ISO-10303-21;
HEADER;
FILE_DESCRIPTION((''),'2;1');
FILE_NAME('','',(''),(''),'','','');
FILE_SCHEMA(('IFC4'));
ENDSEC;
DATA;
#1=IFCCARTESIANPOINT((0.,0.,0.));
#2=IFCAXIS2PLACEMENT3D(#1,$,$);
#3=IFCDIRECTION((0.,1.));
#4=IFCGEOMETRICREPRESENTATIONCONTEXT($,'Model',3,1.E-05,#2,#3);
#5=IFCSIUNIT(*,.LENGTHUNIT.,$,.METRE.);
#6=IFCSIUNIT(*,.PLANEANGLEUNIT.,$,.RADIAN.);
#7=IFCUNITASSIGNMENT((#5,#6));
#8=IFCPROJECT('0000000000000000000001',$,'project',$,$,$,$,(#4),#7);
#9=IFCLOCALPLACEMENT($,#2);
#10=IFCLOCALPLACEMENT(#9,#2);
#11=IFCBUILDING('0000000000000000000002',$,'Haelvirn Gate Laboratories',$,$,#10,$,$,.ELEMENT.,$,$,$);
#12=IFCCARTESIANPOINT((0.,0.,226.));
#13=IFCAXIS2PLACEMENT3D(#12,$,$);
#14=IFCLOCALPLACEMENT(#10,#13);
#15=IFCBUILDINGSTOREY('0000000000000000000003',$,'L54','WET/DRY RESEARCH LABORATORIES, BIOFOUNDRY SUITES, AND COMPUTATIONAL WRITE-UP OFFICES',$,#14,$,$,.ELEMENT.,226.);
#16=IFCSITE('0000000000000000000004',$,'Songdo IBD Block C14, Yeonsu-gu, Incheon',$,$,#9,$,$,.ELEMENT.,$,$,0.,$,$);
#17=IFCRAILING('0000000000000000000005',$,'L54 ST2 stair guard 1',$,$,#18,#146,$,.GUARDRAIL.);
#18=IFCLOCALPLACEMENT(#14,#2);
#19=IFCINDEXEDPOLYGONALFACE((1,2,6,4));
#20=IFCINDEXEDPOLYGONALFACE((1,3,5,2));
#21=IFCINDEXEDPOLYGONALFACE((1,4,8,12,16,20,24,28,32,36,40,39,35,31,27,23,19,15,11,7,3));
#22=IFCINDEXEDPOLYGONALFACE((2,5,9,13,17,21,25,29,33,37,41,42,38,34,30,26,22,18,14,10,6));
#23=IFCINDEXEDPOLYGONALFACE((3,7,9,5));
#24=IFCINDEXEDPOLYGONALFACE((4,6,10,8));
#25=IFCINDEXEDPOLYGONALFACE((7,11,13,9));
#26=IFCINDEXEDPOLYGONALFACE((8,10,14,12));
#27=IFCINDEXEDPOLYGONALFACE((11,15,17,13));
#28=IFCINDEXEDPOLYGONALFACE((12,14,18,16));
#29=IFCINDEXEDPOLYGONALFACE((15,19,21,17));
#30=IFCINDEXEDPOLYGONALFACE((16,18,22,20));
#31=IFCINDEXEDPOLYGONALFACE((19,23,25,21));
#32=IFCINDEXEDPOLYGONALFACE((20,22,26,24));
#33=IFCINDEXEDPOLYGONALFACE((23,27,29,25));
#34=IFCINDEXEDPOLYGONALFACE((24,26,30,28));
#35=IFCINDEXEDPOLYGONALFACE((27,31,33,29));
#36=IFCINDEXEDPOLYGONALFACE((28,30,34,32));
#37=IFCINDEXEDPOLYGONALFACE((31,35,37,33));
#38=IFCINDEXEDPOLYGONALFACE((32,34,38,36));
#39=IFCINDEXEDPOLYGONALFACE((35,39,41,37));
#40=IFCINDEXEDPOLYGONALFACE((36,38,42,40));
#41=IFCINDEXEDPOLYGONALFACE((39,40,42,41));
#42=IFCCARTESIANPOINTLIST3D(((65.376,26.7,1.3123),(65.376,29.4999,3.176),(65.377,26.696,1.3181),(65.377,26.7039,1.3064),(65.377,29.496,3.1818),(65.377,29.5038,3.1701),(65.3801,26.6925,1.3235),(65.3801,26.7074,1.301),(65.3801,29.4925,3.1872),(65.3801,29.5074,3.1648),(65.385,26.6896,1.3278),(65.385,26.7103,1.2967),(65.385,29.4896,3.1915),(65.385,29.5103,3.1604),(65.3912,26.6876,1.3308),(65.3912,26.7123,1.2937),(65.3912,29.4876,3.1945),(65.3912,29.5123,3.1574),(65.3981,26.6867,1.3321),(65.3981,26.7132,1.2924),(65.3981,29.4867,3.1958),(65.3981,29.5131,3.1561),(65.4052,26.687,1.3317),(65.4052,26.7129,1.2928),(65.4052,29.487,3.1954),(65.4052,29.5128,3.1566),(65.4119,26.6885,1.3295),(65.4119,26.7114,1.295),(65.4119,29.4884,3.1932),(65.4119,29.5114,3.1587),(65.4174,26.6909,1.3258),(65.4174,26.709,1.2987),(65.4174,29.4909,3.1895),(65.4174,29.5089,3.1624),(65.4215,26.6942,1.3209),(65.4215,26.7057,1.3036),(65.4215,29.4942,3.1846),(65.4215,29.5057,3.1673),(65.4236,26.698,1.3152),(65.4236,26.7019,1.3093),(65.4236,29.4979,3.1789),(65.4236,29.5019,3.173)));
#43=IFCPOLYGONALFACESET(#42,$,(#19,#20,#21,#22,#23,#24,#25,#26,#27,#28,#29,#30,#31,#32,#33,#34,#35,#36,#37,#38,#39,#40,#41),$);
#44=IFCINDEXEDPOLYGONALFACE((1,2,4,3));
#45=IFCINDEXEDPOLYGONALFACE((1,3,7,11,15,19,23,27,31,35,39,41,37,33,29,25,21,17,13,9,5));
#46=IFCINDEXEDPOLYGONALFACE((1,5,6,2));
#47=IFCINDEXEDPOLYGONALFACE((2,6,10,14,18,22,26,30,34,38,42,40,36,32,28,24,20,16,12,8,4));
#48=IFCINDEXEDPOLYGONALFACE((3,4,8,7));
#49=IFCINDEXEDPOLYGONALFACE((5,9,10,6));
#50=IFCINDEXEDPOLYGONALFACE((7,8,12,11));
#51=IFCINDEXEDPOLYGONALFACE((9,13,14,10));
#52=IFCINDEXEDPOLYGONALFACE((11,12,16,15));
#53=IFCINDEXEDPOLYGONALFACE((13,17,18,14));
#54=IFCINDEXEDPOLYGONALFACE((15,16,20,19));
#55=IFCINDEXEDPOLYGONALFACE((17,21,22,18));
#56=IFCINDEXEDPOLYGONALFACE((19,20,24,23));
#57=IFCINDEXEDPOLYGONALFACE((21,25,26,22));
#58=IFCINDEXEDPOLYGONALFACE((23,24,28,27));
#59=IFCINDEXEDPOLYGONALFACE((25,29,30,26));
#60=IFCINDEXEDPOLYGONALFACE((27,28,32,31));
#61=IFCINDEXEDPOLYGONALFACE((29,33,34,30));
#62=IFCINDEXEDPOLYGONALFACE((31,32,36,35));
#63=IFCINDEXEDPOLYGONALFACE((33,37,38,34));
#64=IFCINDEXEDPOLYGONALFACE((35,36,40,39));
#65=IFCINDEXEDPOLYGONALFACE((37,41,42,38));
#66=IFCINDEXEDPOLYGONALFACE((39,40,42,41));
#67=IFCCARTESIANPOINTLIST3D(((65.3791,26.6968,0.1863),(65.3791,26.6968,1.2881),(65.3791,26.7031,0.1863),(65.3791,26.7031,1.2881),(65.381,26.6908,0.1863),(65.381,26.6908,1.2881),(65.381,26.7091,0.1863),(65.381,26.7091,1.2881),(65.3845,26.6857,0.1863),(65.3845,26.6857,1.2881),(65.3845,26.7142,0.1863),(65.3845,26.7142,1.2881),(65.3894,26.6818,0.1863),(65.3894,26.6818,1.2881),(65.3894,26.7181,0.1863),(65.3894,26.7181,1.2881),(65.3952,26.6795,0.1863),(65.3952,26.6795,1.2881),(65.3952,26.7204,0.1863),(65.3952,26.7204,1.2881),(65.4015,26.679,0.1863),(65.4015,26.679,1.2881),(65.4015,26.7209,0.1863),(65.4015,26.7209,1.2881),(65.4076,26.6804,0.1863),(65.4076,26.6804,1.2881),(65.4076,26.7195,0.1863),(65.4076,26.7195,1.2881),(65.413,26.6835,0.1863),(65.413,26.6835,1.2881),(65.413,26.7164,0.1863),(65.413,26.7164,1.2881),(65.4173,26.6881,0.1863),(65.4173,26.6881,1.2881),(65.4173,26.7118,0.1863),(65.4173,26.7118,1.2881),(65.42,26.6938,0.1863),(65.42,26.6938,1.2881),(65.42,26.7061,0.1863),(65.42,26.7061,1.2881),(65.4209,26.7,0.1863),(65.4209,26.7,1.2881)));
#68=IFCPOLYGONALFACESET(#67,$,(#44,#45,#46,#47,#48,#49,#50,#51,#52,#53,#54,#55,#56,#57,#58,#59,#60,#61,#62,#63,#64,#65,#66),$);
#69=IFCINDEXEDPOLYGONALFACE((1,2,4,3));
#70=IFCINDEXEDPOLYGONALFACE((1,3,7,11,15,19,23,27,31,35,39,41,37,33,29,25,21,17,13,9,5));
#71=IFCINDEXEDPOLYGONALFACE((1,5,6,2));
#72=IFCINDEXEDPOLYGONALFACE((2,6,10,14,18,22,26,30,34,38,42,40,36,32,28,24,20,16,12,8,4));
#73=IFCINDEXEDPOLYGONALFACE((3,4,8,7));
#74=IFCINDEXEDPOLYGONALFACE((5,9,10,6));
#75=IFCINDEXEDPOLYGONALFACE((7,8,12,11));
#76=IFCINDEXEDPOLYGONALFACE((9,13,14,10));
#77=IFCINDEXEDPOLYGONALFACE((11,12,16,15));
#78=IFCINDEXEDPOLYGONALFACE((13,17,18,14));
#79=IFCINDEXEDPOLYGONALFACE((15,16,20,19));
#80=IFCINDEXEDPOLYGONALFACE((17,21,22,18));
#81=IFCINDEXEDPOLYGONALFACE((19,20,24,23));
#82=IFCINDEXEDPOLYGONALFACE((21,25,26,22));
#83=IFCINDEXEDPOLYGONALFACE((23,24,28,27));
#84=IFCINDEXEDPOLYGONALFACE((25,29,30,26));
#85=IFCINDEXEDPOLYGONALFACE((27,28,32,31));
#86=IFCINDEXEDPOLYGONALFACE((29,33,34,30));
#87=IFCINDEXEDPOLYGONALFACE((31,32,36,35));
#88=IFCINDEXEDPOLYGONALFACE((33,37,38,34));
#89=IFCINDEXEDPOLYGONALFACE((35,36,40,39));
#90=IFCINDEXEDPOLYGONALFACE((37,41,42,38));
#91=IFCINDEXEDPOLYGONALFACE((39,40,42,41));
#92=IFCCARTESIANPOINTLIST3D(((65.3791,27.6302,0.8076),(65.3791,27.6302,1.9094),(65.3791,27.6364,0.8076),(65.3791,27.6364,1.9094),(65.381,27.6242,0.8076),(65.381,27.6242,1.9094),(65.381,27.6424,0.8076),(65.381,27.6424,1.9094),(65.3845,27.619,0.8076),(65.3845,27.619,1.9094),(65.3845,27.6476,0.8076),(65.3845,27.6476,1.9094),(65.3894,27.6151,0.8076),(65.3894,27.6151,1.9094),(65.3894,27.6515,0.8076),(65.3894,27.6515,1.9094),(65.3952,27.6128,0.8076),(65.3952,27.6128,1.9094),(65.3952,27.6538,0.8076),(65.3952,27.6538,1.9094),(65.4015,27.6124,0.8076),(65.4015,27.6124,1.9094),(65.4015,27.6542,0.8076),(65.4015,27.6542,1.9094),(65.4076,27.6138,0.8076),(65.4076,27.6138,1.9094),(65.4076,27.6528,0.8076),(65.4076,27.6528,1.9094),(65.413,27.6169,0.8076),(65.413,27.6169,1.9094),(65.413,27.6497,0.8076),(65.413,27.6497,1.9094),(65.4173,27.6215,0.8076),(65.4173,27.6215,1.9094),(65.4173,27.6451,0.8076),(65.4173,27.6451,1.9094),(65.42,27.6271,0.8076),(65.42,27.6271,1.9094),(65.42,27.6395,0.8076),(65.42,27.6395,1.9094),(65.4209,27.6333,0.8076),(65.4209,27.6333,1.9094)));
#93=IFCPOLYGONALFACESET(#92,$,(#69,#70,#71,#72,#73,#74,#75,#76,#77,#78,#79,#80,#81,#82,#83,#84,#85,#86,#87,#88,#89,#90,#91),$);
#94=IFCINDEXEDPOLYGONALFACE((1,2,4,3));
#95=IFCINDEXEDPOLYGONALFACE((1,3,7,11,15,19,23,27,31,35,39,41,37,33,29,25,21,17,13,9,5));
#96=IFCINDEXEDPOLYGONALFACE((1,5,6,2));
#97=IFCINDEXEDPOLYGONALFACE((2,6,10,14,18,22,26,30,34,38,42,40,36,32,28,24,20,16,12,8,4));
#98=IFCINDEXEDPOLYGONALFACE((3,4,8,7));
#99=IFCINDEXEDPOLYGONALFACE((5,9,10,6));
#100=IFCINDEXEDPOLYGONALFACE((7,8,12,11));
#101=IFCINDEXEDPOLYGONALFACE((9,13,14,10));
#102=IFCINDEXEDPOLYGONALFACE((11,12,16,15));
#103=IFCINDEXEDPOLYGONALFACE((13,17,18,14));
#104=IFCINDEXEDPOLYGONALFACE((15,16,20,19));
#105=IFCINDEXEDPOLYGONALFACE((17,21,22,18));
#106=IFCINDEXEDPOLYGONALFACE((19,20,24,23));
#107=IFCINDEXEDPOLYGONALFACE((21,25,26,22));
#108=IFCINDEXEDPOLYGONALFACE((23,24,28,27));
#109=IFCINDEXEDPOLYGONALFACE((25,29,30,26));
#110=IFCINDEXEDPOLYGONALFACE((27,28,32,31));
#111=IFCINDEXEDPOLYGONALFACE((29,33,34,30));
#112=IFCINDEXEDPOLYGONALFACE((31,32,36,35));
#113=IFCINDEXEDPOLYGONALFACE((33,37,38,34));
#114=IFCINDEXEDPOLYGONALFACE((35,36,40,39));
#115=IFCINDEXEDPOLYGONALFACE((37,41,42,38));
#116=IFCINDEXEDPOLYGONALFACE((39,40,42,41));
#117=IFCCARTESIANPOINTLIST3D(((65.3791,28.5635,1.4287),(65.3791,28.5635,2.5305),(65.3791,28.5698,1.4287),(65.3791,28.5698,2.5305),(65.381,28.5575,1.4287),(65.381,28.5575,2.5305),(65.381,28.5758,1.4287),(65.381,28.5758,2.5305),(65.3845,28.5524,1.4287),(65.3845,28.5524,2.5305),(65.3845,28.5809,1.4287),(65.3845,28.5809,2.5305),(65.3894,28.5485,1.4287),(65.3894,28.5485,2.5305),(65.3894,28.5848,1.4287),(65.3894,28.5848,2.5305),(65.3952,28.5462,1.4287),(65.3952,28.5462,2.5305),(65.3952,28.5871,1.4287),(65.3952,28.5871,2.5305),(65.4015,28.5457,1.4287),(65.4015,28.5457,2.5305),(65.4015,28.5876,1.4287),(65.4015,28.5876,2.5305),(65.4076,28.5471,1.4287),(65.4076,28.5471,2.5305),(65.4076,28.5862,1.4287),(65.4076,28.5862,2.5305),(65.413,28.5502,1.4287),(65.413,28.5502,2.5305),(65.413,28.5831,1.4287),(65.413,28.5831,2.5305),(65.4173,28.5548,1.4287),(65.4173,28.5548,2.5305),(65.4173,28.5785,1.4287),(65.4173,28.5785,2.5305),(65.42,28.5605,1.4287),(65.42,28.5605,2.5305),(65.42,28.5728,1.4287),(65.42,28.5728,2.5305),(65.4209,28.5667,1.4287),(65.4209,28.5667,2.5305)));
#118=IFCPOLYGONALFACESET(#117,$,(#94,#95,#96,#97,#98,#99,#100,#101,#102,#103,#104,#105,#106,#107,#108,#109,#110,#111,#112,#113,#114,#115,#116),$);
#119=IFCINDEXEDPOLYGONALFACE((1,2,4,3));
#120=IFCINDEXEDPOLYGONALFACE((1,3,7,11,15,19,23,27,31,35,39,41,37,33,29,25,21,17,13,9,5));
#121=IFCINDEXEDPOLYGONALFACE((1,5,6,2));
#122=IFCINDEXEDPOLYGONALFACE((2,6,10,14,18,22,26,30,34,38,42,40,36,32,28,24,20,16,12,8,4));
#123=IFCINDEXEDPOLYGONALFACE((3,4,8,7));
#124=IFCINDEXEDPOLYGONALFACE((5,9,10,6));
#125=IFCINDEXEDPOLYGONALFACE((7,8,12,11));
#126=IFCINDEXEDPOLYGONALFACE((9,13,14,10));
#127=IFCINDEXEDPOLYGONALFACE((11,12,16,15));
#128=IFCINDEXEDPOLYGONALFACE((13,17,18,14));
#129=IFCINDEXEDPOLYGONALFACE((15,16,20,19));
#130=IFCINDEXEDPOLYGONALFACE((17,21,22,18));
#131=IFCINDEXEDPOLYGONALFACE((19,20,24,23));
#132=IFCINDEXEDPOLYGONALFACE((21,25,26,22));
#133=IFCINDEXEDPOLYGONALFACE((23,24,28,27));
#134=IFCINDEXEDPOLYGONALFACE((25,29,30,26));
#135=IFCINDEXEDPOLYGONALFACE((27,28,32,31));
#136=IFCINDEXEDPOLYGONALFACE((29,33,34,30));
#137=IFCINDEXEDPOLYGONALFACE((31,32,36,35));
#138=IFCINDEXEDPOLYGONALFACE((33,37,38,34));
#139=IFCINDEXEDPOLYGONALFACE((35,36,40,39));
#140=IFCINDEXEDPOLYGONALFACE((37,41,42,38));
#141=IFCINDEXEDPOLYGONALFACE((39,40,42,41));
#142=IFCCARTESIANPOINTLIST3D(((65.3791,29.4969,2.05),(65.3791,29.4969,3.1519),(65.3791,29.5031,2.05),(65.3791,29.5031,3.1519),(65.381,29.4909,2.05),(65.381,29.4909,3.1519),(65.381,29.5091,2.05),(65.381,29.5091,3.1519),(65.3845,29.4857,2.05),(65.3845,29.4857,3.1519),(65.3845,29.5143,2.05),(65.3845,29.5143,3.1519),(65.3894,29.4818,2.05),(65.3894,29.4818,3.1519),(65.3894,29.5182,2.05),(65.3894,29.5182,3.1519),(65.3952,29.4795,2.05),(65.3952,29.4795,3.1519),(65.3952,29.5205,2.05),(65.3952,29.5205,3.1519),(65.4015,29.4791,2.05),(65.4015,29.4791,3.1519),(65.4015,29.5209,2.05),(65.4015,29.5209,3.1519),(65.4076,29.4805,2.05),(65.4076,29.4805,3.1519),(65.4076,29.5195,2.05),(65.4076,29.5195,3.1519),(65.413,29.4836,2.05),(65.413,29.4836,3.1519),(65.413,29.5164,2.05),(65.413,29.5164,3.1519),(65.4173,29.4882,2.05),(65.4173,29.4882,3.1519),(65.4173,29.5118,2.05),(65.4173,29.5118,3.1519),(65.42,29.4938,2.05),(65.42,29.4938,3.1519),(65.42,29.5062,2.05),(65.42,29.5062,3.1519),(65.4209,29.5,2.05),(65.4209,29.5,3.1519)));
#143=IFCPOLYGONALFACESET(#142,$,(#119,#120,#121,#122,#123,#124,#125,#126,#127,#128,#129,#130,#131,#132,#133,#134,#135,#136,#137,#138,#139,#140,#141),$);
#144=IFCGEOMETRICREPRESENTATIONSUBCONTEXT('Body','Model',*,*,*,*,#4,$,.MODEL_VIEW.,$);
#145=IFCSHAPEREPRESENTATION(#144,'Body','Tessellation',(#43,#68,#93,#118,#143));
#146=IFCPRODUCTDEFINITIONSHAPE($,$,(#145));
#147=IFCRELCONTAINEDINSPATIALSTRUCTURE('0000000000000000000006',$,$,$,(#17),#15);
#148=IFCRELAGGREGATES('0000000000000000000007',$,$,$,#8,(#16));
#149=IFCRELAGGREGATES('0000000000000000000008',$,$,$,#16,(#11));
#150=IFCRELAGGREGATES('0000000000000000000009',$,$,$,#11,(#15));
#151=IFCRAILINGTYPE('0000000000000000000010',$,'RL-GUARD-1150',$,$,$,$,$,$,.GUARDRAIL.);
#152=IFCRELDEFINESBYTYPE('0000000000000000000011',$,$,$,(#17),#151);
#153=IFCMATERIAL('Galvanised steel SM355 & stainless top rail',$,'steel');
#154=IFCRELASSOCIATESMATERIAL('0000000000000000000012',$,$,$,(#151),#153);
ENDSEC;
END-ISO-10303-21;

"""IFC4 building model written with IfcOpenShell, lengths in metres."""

from ifc_helpers import new_model, si_unit, direction, frame, origin, origin_2d, place, context, subcontext, project, spatial, circle, extrude, source, transform, mapped, material, type_object, element, save


model = new_model("IFC4")

# Units and contexts
model_context = context("Model", 3, precision=1e-05, world=origin(), true_north=direction((0.0, 1.0)))
body_context = subcontext(model_context, "Body", "Model", "MODEL_VIEW")
ifc_project = project(units=[si_unit("LENGTHUNIT", "METRE"), si_unit("PLANEANGLEUNIT", "RADIAN")], contexts=[model_context])

# Site, building, storey
site_placement = place(None, origin())
site = spatial("IfcSite", under=ifc_project, at=site_placement, Name="Songdo IBD Block C14, Yeonsu-gu, Incheon", CompositionType="ELEMENT", RefElevation=0.0)
building_placement = place(site_placement, origin())
building = spatial("IfcBuilding", under=site, at=building_placement, Name="Haelvirn Gate Laboratories", CompositionType="ELEMENT")
storey_placement = place(building_placement, frame((0.0, 0.0, 226.0)))
storey = spatial("IfcBuildingStorey", under=building, at=storey_placement, Name="L54", Description="WET/DRY RESEARCH LABORATORIES, BIOFOUNDRY SUITES, AND COMPUTATIONAL WRITE-UP OFFICES", CompositionType="ELEMENT", Elevation=226.0)

# Railing
ifc_material_1 = material(Name="Galvanised steel SM355 & stainless top rail", Category="steel")
railing_type_1 = type_object("IfcRailingType", Name="RL-GUARD-1150", PredefinedType="GUARDRAIL", material=ifc_material_1)
shared_shape_1 = source(origin(), body_context, "Body", "SweptSolid", [
    extrude(circle(Radius=0.0239, at=origin_2d()), frame((0.0, 0.0, 1.126), z_axis=(0.0, 0.832452, 0.554097), x_axis=(-1.0, 0.0, 0.0)), (0.0, 0.0, 1.0), 3.3635),
    extrude(circle(Radius=0.021, at=origin_2d()), origin(), (0.0, 0.0, 1.0), 1.1018),
    extrude(circle(Radius=0.021, at=origin_2d()), frame((0.0, 0.9333, 0.6213)), (0.0, 0.0, 1.0), 1.1018),
    extrude(circle(Radius=0.021, at=origin_2d()), frame((0.0, 1.8667, 1.2424)), (0.0, 0.0, 1.0), 1.1018),
    extrude(circle(Radius=0.021, at=origin_2d()), frame((0.0, 2.8, 1.8638)), (0.0, 0.0, 1.0), 1.1018),
])
railing_1_placement = place(storey_placement, frame((65.3999, 26.7, 0.1863)))
element("IfcRailing", 1, at=railing_1_placement, inside=storey, type_object=railing_type_1, Name="L54 ST2 stair guard 1", PredefinedType="GUARDRAIL", context=body_context, shape_type="MappedRepresentation", body=[
    mapped(shared_shape_1, transform((0.0, 0.0, 0.0), scale=1.0)),
])

save(model, "model.ifc")
